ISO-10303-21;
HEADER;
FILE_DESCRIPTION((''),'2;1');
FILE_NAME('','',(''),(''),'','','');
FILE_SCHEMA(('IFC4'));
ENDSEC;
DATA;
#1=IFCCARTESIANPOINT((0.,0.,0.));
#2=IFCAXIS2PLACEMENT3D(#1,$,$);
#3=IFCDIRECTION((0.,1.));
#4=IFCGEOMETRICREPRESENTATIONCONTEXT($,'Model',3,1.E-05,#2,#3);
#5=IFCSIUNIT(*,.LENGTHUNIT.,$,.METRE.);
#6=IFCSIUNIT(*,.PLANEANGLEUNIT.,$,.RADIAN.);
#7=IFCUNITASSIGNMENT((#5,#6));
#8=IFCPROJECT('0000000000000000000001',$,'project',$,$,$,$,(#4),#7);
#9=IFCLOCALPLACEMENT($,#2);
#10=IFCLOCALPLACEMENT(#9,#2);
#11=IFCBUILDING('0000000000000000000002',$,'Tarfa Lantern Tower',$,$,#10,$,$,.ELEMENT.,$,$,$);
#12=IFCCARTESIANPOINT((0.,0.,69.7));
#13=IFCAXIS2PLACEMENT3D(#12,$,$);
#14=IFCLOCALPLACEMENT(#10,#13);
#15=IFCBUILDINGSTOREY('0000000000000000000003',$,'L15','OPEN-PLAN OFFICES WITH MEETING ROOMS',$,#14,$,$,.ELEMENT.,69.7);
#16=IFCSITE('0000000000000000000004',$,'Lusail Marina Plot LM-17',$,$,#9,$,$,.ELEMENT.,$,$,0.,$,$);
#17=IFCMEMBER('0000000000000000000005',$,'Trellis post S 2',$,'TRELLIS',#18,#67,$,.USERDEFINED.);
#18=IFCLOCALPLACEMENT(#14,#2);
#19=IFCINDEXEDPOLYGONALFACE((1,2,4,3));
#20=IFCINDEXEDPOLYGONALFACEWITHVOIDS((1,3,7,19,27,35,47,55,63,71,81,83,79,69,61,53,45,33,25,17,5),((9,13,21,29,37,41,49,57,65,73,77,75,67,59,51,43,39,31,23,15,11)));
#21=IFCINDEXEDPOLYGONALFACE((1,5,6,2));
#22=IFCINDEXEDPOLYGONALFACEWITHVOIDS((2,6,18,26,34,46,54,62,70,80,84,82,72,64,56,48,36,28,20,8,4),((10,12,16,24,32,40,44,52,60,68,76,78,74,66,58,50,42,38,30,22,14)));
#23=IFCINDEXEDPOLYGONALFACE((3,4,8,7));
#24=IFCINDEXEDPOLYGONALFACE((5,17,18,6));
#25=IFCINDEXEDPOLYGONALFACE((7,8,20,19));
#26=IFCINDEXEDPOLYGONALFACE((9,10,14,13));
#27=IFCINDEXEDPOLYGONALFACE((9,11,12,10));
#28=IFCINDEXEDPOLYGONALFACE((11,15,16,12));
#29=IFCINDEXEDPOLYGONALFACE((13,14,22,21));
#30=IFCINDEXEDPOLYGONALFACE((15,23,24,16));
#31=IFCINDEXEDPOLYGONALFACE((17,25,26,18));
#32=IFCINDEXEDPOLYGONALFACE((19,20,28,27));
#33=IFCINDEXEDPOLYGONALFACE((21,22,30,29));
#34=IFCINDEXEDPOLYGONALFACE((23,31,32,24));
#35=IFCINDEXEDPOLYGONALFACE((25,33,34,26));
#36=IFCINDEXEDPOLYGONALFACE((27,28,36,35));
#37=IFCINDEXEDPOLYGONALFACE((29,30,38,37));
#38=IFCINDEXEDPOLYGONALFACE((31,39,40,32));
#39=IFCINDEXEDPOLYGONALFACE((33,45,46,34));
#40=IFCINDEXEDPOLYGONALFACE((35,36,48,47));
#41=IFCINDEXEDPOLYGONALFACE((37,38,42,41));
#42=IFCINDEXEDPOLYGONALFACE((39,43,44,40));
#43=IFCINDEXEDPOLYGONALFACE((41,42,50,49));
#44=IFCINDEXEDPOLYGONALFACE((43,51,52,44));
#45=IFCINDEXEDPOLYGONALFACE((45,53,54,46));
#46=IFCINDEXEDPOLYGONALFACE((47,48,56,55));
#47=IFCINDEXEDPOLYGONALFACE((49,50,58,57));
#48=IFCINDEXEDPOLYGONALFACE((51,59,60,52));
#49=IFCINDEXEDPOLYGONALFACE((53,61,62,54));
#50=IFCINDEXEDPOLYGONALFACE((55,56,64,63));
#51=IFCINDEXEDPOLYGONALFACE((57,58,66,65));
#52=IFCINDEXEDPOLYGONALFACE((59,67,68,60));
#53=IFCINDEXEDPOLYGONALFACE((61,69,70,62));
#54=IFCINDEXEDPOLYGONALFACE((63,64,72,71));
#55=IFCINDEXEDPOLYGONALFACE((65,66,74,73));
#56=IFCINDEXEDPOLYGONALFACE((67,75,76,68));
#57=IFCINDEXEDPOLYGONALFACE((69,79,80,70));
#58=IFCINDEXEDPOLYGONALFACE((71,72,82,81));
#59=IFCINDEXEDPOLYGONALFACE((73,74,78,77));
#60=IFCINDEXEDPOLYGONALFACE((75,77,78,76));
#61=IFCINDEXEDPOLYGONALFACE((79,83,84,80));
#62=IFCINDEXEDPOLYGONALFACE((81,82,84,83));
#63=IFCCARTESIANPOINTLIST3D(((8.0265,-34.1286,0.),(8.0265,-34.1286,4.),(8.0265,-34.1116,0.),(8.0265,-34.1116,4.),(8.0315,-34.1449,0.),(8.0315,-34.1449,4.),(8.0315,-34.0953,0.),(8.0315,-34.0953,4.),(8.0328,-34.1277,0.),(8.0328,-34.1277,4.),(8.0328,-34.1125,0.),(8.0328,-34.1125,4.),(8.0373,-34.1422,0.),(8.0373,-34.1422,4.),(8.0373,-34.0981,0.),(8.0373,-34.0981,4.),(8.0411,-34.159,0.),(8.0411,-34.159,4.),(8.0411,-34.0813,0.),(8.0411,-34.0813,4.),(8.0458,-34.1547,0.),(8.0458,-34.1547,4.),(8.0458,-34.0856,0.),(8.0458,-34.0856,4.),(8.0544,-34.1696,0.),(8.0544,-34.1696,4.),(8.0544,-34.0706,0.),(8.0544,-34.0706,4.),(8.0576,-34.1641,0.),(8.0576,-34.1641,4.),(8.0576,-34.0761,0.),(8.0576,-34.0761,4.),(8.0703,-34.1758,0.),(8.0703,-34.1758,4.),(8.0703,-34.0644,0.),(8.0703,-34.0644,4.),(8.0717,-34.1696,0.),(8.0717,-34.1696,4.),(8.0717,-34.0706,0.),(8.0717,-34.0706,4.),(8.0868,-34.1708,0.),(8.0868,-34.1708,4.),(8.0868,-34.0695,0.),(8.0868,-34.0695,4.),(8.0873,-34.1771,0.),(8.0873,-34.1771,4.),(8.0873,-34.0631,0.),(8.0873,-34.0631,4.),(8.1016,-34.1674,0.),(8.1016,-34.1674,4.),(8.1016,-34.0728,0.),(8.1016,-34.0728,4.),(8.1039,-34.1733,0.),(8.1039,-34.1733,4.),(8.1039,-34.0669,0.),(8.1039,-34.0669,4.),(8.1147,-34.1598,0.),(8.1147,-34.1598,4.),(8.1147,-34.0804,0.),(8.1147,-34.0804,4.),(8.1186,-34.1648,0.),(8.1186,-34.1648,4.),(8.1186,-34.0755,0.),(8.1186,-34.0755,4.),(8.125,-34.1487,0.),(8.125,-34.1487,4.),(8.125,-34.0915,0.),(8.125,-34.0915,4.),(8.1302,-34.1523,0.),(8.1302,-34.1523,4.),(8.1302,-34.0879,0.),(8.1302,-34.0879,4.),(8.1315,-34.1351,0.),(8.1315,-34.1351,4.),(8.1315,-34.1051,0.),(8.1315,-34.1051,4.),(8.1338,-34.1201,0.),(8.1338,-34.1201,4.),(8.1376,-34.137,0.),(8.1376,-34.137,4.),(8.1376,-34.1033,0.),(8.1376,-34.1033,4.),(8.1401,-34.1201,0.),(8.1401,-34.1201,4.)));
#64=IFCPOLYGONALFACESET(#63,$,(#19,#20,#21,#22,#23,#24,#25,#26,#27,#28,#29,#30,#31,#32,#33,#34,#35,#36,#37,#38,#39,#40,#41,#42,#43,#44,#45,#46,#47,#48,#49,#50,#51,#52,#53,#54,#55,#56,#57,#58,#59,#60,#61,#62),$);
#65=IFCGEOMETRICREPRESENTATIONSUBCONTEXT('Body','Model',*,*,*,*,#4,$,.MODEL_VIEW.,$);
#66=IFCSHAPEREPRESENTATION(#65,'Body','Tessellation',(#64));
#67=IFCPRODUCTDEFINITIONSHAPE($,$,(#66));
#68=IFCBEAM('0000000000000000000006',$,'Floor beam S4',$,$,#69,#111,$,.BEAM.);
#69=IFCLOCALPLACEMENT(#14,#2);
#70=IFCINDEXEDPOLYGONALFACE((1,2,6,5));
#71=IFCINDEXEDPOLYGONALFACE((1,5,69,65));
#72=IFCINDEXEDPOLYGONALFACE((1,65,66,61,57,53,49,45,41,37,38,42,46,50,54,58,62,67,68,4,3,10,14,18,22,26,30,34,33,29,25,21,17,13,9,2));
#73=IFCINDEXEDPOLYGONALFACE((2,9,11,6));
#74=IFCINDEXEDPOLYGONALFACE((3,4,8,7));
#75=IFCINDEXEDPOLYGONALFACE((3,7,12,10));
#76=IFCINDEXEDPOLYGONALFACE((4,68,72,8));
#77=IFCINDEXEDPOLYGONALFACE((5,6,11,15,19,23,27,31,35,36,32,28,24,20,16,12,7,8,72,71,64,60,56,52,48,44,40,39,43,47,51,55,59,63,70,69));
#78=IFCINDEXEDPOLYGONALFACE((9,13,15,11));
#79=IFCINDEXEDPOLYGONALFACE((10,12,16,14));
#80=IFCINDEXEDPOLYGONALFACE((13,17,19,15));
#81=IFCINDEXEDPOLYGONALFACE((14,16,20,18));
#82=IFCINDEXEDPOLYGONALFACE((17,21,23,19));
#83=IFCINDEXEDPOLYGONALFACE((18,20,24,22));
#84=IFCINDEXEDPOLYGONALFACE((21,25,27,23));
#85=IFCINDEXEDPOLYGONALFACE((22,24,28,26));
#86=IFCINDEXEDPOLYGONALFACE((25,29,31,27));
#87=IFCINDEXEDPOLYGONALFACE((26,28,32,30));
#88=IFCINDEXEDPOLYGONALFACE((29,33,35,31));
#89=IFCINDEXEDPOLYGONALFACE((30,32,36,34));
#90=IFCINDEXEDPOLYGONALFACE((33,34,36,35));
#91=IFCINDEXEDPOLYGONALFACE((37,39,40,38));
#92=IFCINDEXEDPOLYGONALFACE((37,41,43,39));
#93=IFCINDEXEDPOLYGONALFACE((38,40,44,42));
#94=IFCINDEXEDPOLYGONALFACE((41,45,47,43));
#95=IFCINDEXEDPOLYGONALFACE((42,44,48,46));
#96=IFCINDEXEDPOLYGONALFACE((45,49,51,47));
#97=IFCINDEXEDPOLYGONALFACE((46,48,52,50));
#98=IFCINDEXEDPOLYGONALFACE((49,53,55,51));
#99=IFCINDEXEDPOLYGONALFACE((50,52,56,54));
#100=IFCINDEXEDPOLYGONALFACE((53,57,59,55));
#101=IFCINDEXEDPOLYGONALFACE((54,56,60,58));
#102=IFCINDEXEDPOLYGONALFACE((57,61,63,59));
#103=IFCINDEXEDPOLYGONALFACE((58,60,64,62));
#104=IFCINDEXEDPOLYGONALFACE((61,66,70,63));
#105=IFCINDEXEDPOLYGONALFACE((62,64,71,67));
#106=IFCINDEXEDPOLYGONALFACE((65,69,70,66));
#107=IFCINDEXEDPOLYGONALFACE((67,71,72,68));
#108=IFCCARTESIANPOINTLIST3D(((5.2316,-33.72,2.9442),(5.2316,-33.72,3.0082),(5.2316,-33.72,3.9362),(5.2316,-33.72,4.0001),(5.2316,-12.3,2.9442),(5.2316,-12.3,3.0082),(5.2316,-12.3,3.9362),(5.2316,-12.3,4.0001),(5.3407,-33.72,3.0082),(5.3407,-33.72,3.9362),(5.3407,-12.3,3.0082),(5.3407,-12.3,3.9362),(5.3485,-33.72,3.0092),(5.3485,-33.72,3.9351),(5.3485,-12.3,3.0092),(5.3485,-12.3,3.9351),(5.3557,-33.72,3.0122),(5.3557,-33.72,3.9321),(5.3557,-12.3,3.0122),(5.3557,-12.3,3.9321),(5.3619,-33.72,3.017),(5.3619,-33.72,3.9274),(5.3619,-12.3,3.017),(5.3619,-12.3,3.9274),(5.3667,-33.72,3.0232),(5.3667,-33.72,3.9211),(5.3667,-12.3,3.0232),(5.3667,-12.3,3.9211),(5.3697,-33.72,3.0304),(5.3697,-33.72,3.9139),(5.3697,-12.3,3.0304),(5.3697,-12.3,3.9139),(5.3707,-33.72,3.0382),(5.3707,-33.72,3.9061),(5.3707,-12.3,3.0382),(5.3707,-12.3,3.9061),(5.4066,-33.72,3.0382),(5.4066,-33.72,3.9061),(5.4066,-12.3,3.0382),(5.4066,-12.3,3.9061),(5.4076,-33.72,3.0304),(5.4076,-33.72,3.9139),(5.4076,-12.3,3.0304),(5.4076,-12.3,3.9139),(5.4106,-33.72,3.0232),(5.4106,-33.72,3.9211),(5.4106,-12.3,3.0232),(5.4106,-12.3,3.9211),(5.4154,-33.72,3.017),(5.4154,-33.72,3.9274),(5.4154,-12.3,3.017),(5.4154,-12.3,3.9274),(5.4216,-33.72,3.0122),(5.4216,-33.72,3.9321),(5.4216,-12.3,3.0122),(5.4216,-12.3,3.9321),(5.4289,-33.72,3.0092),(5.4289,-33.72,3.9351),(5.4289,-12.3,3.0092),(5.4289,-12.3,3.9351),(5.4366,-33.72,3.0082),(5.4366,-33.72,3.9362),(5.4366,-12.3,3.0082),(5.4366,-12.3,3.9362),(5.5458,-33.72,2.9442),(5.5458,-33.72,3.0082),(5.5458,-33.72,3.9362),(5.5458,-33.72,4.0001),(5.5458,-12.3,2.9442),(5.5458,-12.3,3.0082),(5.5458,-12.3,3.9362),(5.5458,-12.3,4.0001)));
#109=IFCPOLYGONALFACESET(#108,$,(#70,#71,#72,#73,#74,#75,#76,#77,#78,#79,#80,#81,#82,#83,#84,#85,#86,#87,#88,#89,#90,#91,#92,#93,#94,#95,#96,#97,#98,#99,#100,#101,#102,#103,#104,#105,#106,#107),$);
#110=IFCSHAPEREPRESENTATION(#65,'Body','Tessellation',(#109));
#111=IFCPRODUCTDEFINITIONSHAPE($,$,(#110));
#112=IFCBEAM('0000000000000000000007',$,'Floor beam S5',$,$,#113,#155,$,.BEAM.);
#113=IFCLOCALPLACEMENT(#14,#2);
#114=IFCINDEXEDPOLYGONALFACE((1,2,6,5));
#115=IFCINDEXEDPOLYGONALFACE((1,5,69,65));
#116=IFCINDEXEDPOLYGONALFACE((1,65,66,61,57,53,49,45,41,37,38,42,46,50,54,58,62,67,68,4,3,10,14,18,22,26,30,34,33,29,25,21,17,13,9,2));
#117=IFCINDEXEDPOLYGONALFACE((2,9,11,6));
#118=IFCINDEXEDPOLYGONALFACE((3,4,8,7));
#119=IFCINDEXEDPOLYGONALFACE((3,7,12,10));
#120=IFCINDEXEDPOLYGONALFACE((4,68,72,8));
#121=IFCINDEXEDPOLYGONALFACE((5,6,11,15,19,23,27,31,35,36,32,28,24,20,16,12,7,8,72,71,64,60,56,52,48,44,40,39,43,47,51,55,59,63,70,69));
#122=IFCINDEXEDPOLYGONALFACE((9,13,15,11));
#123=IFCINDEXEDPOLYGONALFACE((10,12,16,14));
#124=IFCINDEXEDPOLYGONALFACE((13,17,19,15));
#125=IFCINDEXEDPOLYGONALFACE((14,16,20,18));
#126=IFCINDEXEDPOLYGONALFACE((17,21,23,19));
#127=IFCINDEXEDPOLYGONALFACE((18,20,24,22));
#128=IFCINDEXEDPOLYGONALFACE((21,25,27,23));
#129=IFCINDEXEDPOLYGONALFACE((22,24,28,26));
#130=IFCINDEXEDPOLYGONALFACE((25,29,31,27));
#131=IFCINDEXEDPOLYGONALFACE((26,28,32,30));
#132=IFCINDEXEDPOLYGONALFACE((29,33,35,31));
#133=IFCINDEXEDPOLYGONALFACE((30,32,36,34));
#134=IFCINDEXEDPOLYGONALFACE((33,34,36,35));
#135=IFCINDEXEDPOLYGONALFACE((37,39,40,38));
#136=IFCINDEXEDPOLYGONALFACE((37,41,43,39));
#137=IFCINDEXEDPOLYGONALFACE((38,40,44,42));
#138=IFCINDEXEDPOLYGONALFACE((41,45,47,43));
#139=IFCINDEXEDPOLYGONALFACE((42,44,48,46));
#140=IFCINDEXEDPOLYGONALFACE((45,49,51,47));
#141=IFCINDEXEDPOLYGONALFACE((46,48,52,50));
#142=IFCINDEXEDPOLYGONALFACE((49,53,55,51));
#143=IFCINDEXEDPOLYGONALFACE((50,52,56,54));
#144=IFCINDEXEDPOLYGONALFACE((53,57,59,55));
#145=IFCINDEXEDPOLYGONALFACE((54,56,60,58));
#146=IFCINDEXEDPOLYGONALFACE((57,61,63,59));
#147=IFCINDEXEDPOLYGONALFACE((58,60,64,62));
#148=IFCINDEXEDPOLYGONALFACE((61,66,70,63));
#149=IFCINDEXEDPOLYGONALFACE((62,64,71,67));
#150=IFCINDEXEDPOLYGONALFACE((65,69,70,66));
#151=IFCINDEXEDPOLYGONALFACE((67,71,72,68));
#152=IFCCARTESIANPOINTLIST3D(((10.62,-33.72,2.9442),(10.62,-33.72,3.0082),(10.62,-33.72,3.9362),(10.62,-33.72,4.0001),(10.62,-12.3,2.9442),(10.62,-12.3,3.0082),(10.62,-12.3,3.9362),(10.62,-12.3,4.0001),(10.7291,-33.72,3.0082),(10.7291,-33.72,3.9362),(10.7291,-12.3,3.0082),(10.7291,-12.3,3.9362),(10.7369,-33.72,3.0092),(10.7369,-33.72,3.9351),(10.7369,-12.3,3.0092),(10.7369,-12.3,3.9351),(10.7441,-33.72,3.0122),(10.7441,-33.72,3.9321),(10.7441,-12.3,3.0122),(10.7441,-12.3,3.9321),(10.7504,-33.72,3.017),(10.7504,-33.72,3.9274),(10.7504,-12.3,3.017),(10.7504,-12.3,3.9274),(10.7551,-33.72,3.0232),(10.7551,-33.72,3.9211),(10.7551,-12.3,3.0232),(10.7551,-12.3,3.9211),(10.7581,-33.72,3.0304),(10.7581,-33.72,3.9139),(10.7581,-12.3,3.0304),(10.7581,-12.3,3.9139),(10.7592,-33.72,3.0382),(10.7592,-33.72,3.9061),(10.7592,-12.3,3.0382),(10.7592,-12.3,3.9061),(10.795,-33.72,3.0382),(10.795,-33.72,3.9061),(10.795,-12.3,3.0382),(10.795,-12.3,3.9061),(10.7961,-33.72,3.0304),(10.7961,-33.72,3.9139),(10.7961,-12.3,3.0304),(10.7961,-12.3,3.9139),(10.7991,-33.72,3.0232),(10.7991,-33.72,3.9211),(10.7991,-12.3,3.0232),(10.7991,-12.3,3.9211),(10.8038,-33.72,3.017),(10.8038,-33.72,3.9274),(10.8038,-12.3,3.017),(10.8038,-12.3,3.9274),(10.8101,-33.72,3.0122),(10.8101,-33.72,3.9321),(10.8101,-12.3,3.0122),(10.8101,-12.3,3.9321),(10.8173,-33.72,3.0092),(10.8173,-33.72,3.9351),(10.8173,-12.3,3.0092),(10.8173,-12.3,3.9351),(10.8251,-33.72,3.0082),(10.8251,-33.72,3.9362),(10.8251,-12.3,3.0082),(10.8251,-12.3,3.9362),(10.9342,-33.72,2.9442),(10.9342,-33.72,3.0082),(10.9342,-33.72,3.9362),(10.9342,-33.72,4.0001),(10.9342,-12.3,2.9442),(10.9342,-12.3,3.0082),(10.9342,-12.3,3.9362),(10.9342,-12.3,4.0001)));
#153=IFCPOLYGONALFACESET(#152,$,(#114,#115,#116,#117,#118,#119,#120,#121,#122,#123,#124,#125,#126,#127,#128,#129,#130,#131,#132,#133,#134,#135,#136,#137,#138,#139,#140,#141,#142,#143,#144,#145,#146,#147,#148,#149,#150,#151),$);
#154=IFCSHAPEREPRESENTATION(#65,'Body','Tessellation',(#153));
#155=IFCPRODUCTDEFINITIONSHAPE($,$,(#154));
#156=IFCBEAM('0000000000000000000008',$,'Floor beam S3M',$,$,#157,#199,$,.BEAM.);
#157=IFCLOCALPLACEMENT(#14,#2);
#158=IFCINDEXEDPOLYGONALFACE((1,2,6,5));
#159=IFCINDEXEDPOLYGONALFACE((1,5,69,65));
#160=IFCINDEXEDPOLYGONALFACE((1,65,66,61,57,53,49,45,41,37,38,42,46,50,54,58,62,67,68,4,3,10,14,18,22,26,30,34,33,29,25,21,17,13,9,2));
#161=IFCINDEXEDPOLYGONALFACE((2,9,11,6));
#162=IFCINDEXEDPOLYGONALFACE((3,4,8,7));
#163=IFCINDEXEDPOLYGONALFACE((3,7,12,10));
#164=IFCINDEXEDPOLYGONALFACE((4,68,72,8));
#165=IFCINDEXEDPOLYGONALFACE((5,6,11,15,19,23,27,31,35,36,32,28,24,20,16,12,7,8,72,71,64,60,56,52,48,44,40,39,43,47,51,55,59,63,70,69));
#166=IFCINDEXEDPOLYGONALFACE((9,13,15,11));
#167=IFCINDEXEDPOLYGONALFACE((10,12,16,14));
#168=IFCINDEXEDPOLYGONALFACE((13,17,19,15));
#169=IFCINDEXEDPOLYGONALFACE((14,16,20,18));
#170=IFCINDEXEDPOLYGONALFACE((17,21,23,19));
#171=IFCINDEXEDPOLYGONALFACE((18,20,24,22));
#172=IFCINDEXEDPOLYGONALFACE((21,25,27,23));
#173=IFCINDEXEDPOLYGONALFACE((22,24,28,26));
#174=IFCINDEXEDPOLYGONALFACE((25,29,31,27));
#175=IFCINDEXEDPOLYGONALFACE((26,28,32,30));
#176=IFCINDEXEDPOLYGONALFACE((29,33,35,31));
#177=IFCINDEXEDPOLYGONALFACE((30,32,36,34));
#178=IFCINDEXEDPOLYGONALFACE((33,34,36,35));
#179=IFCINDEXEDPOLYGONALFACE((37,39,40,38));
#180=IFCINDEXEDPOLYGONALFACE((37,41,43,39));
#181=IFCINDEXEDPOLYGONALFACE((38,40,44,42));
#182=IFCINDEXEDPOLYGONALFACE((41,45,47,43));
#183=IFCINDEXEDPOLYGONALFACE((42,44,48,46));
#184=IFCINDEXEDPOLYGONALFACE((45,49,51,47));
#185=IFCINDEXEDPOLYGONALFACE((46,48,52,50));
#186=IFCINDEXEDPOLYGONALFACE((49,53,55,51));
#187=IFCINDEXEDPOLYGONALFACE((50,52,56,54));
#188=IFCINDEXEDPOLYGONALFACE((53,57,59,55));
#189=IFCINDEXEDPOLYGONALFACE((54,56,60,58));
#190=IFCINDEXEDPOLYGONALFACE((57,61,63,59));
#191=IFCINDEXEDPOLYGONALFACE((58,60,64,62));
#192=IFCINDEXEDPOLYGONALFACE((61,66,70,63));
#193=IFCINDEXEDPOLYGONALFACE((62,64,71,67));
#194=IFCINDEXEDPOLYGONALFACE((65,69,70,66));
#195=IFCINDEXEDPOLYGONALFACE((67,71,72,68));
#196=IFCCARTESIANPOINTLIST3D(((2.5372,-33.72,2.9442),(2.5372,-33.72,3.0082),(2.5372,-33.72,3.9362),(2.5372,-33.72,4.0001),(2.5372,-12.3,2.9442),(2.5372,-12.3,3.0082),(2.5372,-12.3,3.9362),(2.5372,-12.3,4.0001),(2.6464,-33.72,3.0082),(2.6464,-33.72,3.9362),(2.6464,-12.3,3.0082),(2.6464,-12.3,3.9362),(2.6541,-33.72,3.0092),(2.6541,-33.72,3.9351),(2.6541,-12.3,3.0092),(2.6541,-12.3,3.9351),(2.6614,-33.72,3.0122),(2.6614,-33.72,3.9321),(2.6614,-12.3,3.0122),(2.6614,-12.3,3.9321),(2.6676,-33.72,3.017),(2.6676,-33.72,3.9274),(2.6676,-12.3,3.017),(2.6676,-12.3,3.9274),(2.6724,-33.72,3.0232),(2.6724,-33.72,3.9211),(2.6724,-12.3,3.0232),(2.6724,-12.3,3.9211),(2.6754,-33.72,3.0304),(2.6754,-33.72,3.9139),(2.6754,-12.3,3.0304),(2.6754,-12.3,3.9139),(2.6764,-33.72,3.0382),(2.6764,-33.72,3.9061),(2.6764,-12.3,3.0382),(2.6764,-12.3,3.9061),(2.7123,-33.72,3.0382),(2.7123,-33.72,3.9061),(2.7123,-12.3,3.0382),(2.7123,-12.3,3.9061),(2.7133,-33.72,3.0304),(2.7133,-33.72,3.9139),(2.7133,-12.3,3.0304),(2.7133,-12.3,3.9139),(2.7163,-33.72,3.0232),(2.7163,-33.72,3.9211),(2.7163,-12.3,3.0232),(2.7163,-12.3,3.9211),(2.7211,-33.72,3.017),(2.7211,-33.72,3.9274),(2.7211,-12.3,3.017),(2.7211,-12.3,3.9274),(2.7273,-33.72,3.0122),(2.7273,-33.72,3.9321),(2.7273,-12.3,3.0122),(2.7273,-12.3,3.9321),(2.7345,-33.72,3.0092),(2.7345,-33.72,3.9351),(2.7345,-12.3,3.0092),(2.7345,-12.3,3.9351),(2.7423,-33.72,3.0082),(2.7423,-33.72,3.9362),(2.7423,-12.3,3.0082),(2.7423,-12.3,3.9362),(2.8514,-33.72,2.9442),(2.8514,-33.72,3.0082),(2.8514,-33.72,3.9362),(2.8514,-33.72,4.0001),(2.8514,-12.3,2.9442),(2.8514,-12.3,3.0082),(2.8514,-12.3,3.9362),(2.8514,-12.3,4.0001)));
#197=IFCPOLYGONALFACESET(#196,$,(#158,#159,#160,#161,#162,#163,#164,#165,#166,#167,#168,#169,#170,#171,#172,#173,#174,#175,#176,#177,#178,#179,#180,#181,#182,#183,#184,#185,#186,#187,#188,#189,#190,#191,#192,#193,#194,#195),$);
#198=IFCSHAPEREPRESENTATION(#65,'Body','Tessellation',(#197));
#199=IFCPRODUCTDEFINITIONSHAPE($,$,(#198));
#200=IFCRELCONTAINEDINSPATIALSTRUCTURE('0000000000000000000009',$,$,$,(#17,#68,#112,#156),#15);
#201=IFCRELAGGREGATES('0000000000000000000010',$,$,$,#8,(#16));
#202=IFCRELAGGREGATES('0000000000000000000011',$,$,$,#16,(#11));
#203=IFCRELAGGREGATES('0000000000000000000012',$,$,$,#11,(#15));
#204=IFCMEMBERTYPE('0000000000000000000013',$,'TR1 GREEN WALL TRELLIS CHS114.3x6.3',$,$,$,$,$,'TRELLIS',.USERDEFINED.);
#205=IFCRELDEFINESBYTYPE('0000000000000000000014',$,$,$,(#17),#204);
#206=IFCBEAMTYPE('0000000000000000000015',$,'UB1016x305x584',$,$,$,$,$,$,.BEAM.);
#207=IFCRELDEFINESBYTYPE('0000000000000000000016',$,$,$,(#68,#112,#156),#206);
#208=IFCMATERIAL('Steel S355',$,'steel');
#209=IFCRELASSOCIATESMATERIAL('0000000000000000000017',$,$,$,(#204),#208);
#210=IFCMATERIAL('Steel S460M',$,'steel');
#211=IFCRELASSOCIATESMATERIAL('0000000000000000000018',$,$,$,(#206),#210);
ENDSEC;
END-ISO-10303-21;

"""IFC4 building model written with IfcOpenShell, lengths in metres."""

from ifc_helpers import new_model, si_unit, direction, frame, origin, origin_2d, place, context, subcontext, project, spatial, hollow_circle, i_section, extrude, material, material_profile, profile_set, type_object, element, save


model = new_model("IFC4")

# Units and contexts
model_context = context("Model", 3, precision=1e-05, world=origin(), true_north=direction((0.0, 1.0)))
body_context = subcontext(model_context, "Body", "Model", "MODEL_VIEW")
ifc_project = project(units=[si_unit("LENGTHUNIT", "METRE"), si_unit("PLANEANGLEUNIT", "RADIAN")], contexts=[model_context])

# Site, building, storey
site_placement = place(None, origin())
site = spatial("IfcSite", under=ifc_project, at=site_placement, Name="Lusail Marina Plot LM-17", CompositionType="ELEMENT", RefElevation=0.0)
building_placement = place(site_placement, origin())
building = spatial("IfcBuilding", under=site, at=building_placement, Name="Tarfa Lantern Tower", CompositionType="ELEMENT")
storey_placement = place(building_placement, frame((0.0, 0.0, 69.7)))
storey = spatial("IfcBuildingStorey", under=building, at=storey_placement, Name="L15", Description="OPEN-PLAN OFFICES WITH MEETING ROOMS", CompositionType="ELEMENT", Elevation=69.7)

# Member
ifc_material_1 = material(Name="Steel S355", Category="steel")
ifc_material_profile_1 = material_profile(ifc_material_1, hollow_circle(Radius=0.0571, WallThickness=0.0063, at=origin_2d()), Name="CHS114.3x6.3")
ifc_profile_set_1 = profile_set([ifc_material_profile_1], Name="Steel S355")
member_type_1 = type_object("IfcMemberType", Name="TR1 GREEN WALL TRELLIS CHS114.3x6.3", ElementType="TRELLIS", PredefinedType="USERDEFINED", material=ifc_profile_set_1)
member_1_placement = place(storey_placement, frame((8.083, -34.1201, 0.0), z_axis=(0.0, 0.0, 1.0), x_axis=(1.0, 0.0, 0.0)))
element("IfcMember", 1, at=member_1_placement, inside=storey, type_object=member_type_1, Name="Trellis post S 2", ObjectType="TRELLIS", PredefinedType="USERDEFINED", context=body_context, shape_type="SweptSolid", body=[
    extrude(hollow_circle(Radius=0.0571, WallThickness=0.0063, at=origin_2d()), origin(), (0.0, 0.0, 1.0), 4.0),
])

# Beams
ifc_material_2 = material(Name="Steel S460M", Category="steel")
ifc_material_profile_2 = material_profile(ifc_material_2, i_section(OverallWidth=0.3142, OverallDepth=1.0559, WebThickness=0.0359, FlangeThickness=0.064, FilletRadius=0.03, at=origin_2d()), Name="UB1016x305x584")
ifc_profile_set_2 = profile_set([ifc_material_profile_2], Name="Steel S460M")
beam_type_1 = type_object("IfcBeamType", Name="UB1016x305x584", PredefinedType="BEAM", material=ifc_profile_set_2)
for number, where, z_axis, x_axis, name in (
    (2, (5.3887, -33.72, 3.4722), (0.0, 1.0, 0.0), (-1.0, 0.0, 0.0), "Floor beam S4"),
    (3, (10.7771, -33.72, 3.4722), (0.0, 1.0, 0.0), (-1.0, 0.0, 0.0), "Floor beam S5"),
    (4, (2.6943, -33.72, 3.4722), (0.0, 1.0, 0.0), (-1.0, 0.0, 0.0), "Floor beam S3M"),
):
    element("IfcBeam", number, at=place(storey_placement, frame(where, z_axis=z_axis, x_axis=x_axis)), inside=storey, type_object=beam_type_1, Name=name, PredefinedType="BEAM", context=body_context, shape_type="SweptSolid", body=[
        extrude(i_section(OverallWidth=0.3142, OverallDepth=1.0559, WebThickness=0.0359, FlangeThickness=0.064, FilletRadius=0.03, at=origin_2d()), origin(), (0.0, 0.0, 1.0), 21.4199),
    ])

save(model, "model.ifc")
